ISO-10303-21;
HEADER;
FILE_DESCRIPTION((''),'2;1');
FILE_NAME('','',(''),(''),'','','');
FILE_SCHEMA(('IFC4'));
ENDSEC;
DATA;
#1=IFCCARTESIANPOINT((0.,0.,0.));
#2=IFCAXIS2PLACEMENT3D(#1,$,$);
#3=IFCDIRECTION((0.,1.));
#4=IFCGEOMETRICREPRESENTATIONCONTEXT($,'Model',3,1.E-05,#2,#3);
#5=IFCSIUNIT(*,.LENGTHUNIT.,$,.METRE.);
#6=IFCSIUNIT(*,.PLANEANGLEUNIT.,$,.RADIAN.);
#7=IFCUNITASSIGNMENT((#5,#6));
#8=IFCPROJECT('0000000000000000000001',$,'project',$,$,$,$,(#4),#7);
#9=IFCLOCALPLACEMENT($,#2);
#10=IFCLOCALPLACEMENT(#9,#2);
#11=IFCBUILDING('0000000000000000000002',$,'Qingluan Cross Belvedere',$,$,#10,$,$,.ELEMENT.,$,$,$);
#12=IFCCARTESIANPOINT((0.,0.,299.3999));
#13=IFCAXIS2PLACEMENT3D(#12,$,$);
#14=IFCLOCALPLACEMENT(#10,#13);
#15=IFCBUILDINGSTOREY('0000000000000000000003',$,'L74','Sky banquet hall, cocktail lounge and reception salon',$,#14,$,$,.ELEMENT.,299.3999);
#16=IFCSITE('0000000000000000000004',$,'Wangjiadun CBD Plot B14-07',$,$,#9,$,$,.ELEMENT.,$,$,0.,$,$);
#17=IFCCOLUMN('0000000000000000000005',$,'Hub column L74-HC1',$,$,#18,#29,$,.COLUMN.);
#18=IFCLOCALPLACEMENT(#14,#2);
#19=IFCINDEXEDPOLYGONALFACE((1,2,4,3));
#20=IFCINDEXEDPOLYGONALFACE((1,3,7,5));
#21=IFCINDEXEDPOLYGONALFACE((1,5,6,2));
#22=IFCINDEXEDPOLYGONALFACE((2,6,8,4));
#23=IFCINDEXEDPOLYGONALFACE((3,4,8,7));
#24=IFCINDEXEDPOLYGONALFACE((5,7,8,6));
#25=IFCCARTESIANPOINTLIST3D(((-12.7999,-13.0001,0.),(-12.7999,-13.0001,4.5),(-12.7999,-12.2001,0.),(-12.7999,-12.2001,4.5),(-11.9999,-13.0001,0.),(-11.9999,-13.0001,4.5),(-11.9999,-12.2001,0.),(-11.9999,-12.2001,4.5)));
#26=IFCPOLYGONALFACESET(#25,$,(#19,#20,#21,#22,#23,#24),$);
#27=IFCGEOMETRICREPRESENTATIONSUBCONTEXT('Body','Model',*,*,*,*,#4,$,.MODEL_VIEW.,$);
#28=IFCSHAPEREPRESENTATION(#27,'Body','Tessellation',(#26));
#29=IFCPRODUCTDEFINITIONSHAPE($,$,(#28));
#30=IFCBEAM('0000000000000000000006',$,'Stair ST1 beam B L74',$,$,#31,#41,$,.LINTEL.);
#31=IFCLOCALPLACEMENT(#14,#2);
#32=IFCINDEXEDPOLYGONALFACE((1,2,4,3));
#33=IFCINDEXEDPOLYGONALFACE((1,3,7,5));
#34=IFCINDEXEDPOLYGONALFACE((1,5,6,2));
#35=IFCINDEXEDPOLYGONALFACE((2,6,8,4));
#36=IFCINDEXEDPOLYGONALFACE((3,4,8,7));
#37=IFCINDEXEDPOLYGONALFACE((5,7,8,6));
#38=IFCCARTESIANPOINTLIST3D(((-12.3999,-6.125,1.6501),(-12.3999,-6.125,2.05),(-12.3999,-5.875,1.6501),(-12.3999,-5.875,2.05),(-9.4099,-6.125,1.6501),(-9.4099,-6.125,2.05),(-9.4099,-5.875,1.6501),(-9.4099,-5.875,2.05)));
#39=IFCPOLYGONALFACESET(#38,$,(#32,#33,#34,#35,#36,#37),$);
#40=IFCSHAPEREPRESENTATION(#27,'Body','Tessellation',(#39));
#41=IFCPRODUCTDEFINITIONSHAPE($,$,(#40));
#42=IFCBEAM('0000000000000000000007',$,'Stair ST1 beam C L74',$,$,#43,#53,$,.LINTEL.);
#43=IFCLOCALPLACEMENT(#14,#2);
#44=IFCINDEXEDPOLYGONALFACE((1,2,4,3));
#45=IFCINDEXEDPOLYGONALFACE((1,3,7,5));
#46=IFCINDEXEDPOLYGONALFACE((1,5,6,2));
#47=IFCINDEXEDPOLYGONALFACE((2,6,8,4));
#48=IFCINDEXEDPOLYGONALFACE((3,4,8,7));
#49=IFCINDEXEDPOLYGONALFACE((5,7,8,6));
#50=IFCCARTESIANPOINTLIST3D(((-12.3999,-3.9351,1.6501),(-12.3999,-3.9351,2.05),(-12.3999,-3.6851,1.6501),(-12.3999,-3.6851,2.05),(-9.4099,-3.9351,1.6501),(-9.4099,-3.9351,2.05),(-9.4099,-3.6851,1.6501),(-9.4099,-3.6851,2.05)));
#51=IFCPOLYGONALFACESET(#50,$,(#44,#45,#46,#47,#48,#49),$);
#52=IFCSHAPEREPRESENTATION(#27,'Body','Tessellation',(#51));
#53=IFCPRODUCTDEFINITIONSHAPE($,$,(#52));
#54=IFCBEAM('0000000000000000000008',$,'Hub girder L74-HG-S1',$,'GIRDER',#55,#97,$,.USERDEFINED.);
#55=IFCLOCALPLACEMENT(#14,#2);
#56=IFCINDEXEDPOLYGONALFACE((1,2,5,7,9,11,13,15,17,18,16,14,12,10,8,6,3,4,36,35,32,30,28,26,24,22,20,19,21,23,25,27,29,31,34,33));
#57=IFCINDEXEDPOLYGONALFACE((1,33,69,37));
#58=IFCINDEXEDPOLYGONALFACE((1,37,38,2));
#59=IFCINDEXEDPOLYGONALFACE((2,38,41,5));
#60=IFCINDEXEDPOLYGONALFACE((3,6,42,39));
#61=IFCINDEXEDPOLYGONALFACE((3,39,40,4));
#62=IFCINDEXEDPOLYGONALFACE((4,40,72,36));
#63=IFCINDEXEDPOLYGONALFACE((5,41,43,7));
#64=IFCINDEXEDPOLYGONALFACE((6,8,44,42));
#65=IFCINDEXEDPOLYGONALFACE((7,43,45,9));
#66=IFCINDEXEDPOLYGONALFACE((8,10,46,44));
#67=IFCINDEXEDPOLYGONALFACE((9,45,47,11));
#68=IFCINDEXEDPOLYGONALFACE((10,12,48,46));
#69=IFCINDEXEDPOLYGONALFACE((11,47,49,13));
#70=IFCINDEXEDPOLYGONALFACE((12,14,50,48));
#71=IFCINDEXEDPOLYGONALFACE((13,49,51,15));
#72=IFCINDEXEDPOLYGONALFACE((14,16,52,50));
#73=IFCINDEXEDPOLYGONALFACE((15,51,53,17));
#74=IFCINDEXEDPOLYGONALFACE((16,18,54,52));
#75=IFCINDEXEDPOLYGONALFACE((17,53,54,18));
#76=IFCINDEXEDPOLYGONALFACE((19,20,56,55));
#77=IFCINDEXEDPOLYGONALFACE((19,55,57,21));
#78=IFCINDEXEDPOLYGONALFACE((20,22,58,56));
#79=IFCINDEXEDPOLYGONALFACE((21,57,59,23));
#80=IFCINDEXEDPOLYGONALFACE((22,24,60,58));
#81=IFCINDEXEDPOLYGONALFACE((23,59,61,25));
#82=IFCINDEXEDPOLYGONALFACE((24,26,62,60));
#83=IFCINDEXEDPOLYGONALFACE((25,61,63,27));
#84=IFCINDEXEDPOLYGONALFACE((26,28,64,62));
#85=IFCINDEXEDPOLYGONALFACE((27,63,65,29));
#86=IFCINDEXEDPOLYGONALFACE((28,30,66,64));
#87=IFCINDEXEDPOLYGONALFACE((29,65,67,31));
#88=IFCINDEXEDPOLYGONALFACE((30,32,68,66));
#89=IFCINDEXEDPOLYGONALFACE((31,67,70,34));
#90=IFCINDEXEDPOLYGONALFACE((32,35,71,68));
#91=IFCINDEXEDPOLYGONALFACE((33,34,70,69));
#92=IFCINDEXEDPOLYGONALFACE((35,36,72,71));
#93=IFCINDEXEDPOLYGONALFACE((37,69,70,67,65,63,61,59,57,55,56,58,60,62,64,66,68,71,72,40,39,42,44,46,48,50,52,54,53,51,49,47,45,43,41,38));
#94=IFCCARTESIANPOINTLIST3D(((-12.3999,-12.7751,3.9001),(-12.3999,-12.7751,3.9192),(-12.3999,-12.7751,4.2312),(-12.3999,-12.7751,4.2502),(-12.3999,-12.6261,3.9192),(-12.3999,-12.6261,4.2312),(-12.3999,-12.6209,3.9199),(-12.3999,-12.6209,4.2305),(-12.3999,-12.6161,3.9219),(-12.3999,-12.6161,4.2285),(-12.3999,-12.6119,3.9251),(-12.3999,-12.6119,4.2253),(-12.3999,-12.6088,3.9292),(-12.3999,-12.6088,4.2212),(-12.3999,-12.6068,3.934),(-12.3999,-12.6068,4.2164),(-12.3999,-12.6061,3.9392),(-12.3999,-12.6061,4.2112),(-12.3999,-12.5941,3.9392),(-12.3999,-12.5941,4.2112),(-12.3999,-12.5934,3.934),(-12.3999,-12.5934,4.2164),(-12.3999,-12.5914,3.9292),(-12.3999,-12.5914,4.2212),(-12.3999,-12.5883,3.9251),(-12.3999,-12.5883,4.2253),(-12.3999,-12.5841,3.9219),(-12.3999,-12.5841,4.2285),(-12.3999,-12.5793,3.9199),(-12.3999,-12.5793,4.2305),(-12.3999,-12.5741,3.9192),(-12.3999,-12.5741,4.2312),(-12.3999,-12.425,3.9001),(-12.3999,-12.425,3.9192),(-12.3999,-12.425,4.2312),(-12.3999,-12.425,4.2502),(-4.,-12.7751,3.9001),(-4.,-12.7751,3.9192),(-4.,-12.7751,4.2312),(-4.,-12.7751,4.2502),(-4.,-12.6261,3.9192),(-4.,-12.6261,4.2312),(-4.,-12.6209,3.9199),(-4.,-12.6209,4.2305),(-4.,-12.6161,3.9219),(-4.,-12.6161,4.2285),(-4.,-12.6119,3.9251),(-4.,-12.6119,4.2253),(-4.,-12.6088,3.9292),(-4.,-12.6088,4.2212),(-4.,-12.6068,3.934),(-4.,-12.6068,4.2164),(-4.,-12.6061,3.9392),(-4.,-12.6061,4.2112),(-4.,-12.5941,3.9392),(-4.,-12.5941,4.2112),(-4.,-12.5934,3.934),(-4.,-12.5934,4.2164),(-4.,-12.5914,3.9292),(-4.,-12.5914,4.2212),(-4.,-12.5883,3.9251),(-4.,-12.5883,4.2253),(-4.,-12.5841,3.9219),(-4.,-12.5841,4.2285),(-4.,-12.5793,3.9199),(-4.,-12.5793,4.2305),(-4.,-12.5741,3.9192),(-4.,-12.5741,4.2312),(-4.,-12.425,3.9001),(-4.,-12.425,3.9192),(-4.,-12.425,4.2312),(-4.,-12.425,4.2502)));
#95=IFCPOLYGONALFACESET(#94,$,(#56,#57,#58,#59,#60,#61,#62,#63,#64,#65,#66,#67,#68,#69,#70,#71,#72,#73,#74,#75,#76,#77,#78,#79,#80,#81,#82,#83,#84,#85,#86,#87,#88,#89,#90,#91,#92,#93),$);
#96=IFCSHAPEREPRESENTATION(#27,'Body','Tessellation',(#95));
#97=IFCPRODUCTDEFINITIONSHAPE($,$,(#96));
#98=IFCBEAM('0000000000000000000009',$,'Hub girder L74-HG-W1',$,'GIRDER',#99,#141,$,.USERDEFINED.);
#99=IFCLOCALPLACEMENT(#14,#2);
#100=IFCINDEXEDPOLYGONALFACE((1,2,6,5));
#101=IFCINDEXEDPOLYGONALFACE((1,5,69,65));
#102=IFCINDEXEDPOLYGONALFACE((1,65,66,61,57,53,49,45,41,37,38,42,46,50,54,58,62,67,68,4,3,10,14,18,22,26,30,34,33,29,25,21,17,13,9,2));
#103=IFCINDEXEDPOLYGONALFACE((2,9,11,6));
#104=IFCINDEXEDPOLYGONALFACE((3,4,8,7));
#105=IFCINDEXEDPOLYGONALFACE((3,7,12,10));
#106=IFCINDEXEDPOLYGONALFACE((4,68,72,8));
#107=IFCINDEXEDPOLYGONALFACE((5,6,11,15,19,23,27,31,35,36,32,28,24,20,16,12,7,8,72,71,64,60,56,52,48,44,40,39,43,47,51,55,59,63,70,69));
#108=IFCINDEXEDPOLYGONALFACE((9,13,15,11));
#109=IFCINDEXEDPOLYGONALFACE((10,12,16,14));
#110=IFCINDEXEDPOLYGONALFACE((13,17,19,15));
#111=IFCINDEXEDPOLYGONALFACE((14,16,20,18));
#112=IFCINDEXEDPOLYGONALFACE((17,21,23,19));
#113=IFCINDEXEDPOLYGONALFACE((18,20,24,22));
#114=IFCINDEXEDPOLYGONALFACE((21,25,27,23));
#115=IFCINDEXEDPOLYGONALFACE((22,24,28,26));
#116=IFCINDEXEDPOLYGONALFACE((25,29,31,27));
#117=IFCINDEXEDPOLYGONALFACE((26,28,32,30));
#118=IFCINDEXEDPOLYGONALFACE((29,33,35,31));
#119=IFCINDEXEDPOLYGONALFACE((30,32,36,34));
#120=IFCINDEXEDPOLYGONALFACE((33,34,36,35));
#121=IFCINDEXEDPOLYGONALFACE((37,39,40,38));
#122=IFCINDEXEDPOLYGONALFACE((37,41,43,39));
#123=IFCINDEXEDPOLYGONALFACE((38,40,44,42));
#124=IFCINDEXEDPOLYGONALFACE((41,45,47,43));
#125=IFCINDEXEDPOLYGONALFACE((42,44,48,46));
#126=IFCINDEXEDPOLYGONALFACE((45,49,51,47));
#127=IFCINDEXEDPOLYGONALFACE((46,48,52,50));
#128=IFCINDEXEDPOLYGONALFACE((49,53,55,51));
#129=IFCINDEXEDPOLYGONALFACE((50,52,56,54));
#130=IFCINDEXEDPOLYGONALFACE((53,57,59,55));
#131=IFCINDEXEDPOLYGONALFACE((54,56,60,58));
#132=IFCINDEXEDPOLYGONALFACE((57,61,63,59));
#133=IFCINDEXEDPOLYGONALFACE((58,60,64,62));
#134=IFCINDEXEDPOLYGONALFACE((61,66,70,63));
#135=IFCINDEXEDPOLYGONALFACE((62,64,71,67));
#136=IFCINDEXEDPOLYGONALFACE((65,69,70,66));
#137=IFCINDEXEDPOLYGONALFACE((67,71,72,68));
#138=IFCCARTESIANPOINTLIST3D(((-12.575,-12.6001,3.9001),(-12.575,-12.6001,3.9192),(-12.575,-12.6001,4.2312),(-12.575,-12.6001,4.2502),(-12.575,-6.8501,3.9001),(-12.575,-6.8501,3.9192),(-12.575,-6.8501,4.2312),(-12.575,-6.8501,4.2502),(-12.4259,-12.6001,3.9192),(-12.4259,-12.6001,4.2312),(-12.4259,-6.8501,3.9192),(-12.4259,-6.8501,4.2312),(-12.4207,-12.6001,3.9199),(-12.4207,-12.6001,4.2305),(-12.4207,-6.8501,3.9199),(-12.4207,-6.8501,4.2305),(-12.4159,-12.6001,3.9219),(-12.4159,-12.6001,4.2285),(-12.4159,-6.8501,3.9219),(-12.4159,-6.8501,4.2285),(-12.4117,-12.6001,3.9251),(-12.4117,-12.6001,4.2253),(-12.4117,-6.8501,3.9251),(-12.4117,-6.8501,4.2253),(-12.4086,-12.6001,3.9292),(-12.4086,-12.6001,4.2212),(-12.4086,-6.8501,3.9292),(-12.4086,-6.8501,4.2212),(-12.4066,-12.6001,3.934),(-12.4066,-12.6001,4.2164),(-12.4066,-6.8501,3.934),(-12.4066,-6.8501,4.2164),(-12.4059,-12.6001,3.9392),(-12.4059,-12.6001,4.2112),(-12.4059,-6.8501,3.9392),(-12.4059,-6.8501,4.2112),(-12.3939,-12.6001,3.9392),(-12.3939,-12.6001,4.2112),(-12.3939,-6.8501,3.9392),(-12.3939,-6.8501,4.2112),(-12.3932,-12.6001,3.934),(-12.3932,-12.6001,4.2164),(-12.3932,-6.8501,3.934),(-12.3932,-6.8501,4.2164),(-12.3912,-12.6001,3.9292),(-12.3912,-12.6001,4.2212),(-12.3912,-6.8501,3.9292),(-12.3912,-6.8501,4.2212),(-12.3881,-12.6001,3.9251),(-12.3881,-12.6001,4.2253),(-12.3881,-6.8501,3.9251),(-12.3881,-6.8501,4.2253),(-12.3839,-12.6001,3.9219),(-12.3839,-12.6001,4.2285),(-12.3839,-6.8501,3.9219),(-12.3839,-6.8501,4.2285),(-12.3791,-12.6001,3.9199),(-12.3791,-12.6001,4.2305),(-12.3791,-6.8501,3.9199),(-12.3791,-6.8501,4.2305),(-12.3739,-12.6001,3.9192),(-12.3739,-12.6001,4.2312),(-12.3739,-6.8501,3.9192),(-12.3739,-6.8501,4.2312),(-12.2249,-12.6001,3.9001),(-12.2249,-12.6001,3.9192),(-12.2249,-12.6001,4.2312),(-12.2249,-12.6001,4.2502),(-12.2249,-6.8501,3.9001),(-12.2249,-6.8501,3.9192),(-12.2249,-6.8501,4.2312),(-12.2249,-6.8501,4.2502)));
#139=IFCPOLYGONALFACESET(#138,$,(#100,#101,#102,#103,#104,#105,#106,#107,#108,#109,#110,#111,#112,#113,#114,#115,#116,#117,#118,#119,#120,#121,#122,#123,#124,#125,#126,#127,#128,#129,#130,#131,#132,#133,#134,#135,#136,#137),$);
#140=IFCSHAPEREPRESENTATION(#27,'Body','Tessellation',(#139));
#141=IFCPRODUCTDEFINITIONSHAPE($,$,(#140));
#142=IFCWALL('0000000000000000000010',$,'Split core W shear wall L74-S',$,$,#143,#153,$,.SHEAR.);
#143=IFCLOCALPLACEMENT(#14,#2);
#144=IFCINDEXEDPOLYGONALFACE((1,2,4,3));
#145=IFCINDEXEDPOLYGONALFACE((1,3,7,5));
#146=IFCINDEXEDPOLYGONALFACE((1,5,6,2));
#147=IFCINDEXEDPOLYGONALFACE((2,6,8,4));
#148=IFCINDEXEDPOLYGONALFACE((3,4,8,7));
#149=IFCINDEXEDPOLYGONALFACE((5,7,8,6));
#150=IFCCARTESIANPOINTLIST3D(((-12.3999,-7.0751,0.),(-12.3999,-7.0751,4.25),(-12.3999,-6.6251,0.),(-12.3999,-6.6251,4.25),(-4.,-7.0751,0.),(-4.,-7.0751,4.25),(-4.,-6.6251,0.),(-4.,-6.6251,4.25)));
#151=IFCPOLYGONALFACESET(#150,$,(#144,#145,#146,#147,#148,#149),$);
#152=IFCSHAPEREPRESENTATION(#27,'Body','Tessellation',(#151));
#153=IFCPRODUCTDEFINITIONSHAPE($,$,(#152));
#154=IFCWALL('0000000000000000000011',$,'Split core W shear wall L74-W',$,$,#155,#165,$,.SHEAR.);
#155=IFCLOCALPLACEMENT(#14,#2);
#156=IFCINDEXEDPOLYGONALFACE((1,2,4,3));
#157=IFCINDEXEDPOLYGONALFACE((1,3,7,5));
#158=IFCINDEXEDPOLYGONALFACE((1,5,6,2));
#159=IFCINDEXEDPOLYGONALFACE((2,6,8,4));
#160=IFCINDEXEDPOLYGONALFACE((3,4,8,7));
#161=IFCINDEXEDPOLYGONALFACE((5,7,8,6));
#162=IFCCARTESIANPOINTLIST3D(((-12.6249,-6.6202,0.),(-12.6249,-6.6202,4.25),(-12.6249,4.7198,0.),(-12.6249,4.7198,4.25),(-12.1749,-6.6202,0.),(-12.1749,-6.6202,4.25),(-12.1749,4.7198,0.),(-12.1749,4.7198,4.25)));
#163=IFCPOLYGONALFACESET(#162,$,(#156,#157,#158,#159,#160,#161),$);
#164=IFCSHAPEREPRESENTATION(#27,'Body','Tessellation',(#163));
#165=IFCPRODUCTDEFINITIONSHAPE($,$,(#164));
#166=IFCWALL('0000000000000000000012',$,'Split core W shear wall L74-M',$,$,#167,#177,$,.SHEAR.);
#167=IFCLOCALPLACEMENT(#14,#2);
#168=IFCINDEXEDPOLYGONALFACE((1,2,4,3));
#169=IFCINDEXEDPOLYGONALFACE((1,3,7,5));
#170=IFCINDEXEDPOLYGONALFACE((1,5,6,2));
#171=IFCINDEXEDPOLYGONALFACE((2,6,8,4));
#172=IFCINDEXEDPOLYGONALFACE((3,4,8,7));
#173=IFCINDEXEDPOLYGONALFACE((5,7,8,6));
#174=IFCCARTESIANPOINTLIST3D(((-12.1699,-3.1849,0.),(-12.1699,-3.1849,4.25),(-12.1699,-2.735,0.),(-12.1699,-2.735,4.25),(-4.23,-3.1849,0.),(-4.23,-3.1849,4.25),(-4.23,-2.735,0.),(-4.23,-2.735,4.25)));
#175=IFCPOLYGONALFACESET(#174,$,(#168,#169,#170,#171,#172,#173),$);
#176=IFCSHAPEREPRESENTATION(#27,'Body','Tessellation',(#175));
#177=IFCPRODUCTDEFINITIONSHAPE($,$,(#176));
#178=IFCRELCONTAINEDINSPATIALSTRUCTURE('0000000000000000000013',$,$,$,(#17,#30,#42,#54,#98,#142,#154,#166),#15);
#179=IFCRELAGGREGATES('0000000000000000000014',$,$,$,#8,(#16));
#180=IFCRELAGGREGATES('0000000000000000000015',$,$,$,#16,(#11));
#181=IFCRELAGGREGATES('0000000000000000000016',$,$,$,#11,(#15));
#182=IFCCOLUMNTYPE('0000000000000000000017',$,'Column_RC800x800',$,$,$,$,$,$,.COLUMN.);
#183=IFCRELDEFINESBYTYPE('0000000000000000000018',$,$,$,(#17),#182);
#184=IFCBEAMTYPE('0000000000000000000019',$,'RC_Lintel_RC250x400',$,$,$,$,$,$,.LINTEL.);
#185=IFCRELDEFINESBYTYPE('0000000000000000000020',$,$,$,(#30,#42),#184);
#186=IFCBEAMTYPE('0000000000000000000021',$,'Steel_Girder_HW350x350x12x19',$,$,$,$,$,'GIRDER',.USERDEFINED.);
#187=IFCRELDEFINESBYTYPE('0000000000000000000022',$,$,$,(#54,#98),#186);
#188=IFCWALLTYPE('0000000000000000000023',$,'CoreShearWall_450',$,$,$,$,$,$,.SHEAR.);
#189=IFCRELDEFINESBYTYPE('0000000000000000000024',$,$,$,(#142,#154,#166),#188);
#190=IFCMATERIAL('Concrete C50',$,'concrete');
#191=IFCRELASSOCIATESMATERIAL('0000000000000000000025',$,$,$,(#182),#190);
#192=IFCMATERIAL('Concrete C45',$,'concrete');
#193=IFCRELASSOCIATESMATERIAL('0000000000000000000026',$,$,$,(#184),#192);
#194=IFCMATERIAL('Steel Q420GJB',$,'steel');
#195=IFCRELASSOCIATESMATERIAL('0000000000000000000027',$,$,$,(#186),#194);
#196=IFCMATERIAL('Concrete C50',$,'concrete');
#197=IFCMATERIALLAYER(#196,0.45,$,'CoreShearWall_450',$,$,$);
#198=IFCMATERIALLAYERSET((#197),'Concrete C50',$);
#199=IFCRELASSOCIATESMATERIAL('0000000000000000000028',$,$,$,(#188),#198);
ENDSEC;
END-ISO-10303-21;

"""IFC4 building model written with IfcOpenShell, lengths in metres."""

from ifc_helpers import new_model, si_unit, direction, frame, frame_2d, origin, origin_2d, place, context, subcontext, project, spatial, rectangle, i_section, extrude, material, layer, layer_set, material_profile, profile_set, type_object, element, save


model = new_model("IFC4")

# Units and contexts
model_context = context("Model", 3, precision=1e-05, world=origin(), true_north=direction((0.0, 1.0)))
body_context = subcontext(model_context, "Body", "Model", "MODEL_VIEW")
ifc_project = project(units=[si_unit("LENGTHUNIT", "METRE"), si_unit("PLANEANGLEUNIT", "RADIAN")], contexts=[model_context])

# Site, building, storey
site_placement = place(None, origin())
site = spatial("IfcSite", under=ifc_project, at=site_placement, Name="Wangjiadun CBD Plot B14-07", CompositionType="ELEMENT", RefElevation=0.0)
building_placement = place(site_placement, origin())
building = spatial("IfcBuilding", under=site, at=building_placement, Name="Qingluan Cross Belvedere", CompositionType="ELEMENT")
storey_placement = place(building_placement, frame((0.0, 0.0, 299.3999)))
storey = spatial("IfcBuildingStorey", under=building, at=storey_placement, Name="L74", Description="Sky banquet hall, cocktail lounge and reception salon", CompositionType="ELEMENT", Elevation=299.3999)

# Column
ifc_material_1 = material(Name="Concrete C50", Category="concrete")
ifc_material_profile_1 = material_profile(ifc_material_1, rectangle(XDim=0.8, YDim=0.8, at=origin_2d()), Name="RC800x800")
ifc_profile_set_1 = profile_set([ifc_material_profile_1], Name="Concrete C50")
column_type = type_object("IfcColumnType", Name="Column_RC800x800", PredefinedType="COLUMN", material=ifc_profile_set_1)
column_placement = place(storey_placement, frame((-12.3999, -12.6001, 0.0), z_axis=(0.0, 0.0, 1.0), x_axis=(1.0, 0.0, 0.0)))
element("IfcColumn", 1, at=column_placement, inside=storey, type_object=column_type, Name="Hub column L74-HC1", PredefinedType="COLUMN", context=body_context, shape_type="SweptSolid", body=[
    extrude(rectangle(XDim=0.8, YDim=0.8, at=origin_2d()), origin(), (0.0, 0.0, 1.0), 4.5),
])

# Beams
ifc_material_2 = material(Name="Concrete C45", Category="concrete")
ifc_material_profile_2 = material_profile(ifc_material_2, rectangle(XDim=0.25, YDim=0.3999, at=origin_2d()), Name="RC250x400")
ifc_profile_set_2 = profile_set([ifc_material_profile_2], Name="Concrete C45")
beam_type_1 = type_object("IfcBeamType", Name="RC_Lintel_RC250x400", PredefinedType="LINTEL", material=ifc_profile_set_2)
for number, where, z_axis, x_axis, name in (
    (2, (-12.3999, -6.0, 1.8501), (1.0, 0.0, 0.0), (0.0, 1.0, 0.0), "Stair ST1 beam B L74"),
    (3, (-12.3999, -3.8101, 1.8501), (1.0, 0.0, 0.0), (0.0, 1.0, 0.0), "Stair ST1 beam C L74"),
):
    element("IfcBeam", number, at=place(storey_placement, frame(where, z_axis=z_axis, x_axis=x_axis)), inside=storey, type_object=beam_type_1, Name=name, PredefinedType="LINTEL", context=body_context, shape_type="SweptSolid", body=[
        extrude(rectangle(XDim=0.25, YDim=0.3999, at=origin_2d()), origin(), (0.0, 0.0, 1.0), 2.99),
    ])
ifc_material_3 = material(Name="Steel Q420GJB", Category="steel")
ifc_material_profile_3 = material_profile(ifc_material_3, i_section(OverallWidth=0.3501, OverallDepth=0.3501, WebThickness=0.012, FlangeThickness=0.019, FilletRadius=0.02, at=origin_2d()), Name="HW350x350x12x19")
ifc_profile_set_3 = profile_set([ifc_material_profile_3], Name="Steel Q420GJB")
beam_type_2 = type_object("IfcBeamType", Name="Steel_Girder_HW350x350x12x19", ElementType="GIRDER", PredefinedType="USERDEFINED", material=ifc_profile_set_3)
beam_1_placement = place(storey_placement, frame((-12.3999, -12.6001, 4.0752), z_axis=(1.0, 0.0, 0.0), x_axis=(0.0, 1.0, 0.0)))
element("IfcBeam", 4, at=beam_1_placement, inside=storey, type_object=beam_type_2, Name="Hub girder L74-HG-S1", ObjectType="GIRDER", PredefinedType="USERDEFINED", context=body_context, shape_type="SweptSolid", body=[
    extrude(i_section(OverallWidth=0.3501, OverallDepth=0.3501, WebThickness=0.012, FlangeThickness=0.019, FilletRadius=0.02, at=origin_2d()), origin(), (0.0, 0.0, 1.0), 8.3999),
])
beam_2_placement = place(storey_placement, frame((-12.3999, -12.6001, 4.0752), z_axis=(0.0, 1.0, 0.0), x_axis=(-1.0, 0.0, 0.0)))
element("IfcBeam", 5, at=beam_2_placement, inside=storey, type_object=beam_type_2, Name="Hub girder L74-HG-W1", ObjectType="GIRDER", PredefinedType="USERDEFINED", context=body_context, shape_type="SweptSolid", body=[
    extrude(i_section(OverallWidth=0.3501, OverallDepth=0.3501, WebThickness=0.012, FlangeThickness=0.019, FilletRadius=0.02, at=origin_2d()), origin(), (0.0, 0.0, 1.0), 5.75),
])

# Walls
ifc_material_4 = material(Name="Concrete C50", Category="concrete")
ifc_layer_1 = layer(ifc_material_4, 0.45, Name="CoreShearWall_450")
ifc_layer_set_1 = layer_set([ifc_layer_1], Name="Concrete C50")
wall_type_1 = type_object("IfcWallType", Name="CoreShearWall_450", PredefinedType="SHEAR", material=ifc_layer_set_1)
wall_1_placement = place(storey_placement, frame((-12.3999, -6.8501, 0.0), z_axis=(0.0, 0.0, 1.0), x_axis=(1.0, 0.0, 0.0)))
element("IfcWall", 6, at=wall_1_placement, inside=storey, type_object=wall_type_1, Name="Split core W shear wall L74-S", PredefinedType="SHEAR", context=body_context, shape_type="SweptSolid", body=[
    extrude(rectangle(XDim=8.3999, YDim=0.45, at=frame_2d((4.2, 0.0))), origin(), (0.0, 0.0, 1.0), 4.25),
])
wall_2_placement = place(storey_placement, frame((-12.3999, -6.6201, 0.0), z_axis=(0.0, 0.0, 1.0), x_axis=(0.0, 1.0, 0.0)))
element("IfcWall", 7, at=wall_2_placement, inside=storey, type_object=wall_type_1, Name="Split core W shear wall L74-W", PredefinedType="SHEAR", context=body_context, shape_type="SweptSolid", body=[
    extrude(rectangle(XDim=11.3401, YDim=0.45, at=frame_2d((5.6699, 0.0))), origin(), (0.0, 0.0, 1.0), 4.25),
])
wall_3_placement = place(storey_placement, frame((-12.1699, -2.96, 0.0), z_axis=(0.0, 0.0, 1.0), x_axis=(1.0, 0.0, 0.0)))
element("IfcWall", 8, at=wall_3_placement, inside=storey, type_object=wall_type_1, Name="Split core W shear wall L74-M", PredefinedType="SHEAR", context=body_context, shape_type="SweptSolid", body=[
    extrude(rectangle(XDim=7.9399, YDim=0.45, at=frame_2d((3.97, 0.0))), origin(), (0.0, 0.0, 1.0), 4.25),
])

save(model, "model.ifc")
